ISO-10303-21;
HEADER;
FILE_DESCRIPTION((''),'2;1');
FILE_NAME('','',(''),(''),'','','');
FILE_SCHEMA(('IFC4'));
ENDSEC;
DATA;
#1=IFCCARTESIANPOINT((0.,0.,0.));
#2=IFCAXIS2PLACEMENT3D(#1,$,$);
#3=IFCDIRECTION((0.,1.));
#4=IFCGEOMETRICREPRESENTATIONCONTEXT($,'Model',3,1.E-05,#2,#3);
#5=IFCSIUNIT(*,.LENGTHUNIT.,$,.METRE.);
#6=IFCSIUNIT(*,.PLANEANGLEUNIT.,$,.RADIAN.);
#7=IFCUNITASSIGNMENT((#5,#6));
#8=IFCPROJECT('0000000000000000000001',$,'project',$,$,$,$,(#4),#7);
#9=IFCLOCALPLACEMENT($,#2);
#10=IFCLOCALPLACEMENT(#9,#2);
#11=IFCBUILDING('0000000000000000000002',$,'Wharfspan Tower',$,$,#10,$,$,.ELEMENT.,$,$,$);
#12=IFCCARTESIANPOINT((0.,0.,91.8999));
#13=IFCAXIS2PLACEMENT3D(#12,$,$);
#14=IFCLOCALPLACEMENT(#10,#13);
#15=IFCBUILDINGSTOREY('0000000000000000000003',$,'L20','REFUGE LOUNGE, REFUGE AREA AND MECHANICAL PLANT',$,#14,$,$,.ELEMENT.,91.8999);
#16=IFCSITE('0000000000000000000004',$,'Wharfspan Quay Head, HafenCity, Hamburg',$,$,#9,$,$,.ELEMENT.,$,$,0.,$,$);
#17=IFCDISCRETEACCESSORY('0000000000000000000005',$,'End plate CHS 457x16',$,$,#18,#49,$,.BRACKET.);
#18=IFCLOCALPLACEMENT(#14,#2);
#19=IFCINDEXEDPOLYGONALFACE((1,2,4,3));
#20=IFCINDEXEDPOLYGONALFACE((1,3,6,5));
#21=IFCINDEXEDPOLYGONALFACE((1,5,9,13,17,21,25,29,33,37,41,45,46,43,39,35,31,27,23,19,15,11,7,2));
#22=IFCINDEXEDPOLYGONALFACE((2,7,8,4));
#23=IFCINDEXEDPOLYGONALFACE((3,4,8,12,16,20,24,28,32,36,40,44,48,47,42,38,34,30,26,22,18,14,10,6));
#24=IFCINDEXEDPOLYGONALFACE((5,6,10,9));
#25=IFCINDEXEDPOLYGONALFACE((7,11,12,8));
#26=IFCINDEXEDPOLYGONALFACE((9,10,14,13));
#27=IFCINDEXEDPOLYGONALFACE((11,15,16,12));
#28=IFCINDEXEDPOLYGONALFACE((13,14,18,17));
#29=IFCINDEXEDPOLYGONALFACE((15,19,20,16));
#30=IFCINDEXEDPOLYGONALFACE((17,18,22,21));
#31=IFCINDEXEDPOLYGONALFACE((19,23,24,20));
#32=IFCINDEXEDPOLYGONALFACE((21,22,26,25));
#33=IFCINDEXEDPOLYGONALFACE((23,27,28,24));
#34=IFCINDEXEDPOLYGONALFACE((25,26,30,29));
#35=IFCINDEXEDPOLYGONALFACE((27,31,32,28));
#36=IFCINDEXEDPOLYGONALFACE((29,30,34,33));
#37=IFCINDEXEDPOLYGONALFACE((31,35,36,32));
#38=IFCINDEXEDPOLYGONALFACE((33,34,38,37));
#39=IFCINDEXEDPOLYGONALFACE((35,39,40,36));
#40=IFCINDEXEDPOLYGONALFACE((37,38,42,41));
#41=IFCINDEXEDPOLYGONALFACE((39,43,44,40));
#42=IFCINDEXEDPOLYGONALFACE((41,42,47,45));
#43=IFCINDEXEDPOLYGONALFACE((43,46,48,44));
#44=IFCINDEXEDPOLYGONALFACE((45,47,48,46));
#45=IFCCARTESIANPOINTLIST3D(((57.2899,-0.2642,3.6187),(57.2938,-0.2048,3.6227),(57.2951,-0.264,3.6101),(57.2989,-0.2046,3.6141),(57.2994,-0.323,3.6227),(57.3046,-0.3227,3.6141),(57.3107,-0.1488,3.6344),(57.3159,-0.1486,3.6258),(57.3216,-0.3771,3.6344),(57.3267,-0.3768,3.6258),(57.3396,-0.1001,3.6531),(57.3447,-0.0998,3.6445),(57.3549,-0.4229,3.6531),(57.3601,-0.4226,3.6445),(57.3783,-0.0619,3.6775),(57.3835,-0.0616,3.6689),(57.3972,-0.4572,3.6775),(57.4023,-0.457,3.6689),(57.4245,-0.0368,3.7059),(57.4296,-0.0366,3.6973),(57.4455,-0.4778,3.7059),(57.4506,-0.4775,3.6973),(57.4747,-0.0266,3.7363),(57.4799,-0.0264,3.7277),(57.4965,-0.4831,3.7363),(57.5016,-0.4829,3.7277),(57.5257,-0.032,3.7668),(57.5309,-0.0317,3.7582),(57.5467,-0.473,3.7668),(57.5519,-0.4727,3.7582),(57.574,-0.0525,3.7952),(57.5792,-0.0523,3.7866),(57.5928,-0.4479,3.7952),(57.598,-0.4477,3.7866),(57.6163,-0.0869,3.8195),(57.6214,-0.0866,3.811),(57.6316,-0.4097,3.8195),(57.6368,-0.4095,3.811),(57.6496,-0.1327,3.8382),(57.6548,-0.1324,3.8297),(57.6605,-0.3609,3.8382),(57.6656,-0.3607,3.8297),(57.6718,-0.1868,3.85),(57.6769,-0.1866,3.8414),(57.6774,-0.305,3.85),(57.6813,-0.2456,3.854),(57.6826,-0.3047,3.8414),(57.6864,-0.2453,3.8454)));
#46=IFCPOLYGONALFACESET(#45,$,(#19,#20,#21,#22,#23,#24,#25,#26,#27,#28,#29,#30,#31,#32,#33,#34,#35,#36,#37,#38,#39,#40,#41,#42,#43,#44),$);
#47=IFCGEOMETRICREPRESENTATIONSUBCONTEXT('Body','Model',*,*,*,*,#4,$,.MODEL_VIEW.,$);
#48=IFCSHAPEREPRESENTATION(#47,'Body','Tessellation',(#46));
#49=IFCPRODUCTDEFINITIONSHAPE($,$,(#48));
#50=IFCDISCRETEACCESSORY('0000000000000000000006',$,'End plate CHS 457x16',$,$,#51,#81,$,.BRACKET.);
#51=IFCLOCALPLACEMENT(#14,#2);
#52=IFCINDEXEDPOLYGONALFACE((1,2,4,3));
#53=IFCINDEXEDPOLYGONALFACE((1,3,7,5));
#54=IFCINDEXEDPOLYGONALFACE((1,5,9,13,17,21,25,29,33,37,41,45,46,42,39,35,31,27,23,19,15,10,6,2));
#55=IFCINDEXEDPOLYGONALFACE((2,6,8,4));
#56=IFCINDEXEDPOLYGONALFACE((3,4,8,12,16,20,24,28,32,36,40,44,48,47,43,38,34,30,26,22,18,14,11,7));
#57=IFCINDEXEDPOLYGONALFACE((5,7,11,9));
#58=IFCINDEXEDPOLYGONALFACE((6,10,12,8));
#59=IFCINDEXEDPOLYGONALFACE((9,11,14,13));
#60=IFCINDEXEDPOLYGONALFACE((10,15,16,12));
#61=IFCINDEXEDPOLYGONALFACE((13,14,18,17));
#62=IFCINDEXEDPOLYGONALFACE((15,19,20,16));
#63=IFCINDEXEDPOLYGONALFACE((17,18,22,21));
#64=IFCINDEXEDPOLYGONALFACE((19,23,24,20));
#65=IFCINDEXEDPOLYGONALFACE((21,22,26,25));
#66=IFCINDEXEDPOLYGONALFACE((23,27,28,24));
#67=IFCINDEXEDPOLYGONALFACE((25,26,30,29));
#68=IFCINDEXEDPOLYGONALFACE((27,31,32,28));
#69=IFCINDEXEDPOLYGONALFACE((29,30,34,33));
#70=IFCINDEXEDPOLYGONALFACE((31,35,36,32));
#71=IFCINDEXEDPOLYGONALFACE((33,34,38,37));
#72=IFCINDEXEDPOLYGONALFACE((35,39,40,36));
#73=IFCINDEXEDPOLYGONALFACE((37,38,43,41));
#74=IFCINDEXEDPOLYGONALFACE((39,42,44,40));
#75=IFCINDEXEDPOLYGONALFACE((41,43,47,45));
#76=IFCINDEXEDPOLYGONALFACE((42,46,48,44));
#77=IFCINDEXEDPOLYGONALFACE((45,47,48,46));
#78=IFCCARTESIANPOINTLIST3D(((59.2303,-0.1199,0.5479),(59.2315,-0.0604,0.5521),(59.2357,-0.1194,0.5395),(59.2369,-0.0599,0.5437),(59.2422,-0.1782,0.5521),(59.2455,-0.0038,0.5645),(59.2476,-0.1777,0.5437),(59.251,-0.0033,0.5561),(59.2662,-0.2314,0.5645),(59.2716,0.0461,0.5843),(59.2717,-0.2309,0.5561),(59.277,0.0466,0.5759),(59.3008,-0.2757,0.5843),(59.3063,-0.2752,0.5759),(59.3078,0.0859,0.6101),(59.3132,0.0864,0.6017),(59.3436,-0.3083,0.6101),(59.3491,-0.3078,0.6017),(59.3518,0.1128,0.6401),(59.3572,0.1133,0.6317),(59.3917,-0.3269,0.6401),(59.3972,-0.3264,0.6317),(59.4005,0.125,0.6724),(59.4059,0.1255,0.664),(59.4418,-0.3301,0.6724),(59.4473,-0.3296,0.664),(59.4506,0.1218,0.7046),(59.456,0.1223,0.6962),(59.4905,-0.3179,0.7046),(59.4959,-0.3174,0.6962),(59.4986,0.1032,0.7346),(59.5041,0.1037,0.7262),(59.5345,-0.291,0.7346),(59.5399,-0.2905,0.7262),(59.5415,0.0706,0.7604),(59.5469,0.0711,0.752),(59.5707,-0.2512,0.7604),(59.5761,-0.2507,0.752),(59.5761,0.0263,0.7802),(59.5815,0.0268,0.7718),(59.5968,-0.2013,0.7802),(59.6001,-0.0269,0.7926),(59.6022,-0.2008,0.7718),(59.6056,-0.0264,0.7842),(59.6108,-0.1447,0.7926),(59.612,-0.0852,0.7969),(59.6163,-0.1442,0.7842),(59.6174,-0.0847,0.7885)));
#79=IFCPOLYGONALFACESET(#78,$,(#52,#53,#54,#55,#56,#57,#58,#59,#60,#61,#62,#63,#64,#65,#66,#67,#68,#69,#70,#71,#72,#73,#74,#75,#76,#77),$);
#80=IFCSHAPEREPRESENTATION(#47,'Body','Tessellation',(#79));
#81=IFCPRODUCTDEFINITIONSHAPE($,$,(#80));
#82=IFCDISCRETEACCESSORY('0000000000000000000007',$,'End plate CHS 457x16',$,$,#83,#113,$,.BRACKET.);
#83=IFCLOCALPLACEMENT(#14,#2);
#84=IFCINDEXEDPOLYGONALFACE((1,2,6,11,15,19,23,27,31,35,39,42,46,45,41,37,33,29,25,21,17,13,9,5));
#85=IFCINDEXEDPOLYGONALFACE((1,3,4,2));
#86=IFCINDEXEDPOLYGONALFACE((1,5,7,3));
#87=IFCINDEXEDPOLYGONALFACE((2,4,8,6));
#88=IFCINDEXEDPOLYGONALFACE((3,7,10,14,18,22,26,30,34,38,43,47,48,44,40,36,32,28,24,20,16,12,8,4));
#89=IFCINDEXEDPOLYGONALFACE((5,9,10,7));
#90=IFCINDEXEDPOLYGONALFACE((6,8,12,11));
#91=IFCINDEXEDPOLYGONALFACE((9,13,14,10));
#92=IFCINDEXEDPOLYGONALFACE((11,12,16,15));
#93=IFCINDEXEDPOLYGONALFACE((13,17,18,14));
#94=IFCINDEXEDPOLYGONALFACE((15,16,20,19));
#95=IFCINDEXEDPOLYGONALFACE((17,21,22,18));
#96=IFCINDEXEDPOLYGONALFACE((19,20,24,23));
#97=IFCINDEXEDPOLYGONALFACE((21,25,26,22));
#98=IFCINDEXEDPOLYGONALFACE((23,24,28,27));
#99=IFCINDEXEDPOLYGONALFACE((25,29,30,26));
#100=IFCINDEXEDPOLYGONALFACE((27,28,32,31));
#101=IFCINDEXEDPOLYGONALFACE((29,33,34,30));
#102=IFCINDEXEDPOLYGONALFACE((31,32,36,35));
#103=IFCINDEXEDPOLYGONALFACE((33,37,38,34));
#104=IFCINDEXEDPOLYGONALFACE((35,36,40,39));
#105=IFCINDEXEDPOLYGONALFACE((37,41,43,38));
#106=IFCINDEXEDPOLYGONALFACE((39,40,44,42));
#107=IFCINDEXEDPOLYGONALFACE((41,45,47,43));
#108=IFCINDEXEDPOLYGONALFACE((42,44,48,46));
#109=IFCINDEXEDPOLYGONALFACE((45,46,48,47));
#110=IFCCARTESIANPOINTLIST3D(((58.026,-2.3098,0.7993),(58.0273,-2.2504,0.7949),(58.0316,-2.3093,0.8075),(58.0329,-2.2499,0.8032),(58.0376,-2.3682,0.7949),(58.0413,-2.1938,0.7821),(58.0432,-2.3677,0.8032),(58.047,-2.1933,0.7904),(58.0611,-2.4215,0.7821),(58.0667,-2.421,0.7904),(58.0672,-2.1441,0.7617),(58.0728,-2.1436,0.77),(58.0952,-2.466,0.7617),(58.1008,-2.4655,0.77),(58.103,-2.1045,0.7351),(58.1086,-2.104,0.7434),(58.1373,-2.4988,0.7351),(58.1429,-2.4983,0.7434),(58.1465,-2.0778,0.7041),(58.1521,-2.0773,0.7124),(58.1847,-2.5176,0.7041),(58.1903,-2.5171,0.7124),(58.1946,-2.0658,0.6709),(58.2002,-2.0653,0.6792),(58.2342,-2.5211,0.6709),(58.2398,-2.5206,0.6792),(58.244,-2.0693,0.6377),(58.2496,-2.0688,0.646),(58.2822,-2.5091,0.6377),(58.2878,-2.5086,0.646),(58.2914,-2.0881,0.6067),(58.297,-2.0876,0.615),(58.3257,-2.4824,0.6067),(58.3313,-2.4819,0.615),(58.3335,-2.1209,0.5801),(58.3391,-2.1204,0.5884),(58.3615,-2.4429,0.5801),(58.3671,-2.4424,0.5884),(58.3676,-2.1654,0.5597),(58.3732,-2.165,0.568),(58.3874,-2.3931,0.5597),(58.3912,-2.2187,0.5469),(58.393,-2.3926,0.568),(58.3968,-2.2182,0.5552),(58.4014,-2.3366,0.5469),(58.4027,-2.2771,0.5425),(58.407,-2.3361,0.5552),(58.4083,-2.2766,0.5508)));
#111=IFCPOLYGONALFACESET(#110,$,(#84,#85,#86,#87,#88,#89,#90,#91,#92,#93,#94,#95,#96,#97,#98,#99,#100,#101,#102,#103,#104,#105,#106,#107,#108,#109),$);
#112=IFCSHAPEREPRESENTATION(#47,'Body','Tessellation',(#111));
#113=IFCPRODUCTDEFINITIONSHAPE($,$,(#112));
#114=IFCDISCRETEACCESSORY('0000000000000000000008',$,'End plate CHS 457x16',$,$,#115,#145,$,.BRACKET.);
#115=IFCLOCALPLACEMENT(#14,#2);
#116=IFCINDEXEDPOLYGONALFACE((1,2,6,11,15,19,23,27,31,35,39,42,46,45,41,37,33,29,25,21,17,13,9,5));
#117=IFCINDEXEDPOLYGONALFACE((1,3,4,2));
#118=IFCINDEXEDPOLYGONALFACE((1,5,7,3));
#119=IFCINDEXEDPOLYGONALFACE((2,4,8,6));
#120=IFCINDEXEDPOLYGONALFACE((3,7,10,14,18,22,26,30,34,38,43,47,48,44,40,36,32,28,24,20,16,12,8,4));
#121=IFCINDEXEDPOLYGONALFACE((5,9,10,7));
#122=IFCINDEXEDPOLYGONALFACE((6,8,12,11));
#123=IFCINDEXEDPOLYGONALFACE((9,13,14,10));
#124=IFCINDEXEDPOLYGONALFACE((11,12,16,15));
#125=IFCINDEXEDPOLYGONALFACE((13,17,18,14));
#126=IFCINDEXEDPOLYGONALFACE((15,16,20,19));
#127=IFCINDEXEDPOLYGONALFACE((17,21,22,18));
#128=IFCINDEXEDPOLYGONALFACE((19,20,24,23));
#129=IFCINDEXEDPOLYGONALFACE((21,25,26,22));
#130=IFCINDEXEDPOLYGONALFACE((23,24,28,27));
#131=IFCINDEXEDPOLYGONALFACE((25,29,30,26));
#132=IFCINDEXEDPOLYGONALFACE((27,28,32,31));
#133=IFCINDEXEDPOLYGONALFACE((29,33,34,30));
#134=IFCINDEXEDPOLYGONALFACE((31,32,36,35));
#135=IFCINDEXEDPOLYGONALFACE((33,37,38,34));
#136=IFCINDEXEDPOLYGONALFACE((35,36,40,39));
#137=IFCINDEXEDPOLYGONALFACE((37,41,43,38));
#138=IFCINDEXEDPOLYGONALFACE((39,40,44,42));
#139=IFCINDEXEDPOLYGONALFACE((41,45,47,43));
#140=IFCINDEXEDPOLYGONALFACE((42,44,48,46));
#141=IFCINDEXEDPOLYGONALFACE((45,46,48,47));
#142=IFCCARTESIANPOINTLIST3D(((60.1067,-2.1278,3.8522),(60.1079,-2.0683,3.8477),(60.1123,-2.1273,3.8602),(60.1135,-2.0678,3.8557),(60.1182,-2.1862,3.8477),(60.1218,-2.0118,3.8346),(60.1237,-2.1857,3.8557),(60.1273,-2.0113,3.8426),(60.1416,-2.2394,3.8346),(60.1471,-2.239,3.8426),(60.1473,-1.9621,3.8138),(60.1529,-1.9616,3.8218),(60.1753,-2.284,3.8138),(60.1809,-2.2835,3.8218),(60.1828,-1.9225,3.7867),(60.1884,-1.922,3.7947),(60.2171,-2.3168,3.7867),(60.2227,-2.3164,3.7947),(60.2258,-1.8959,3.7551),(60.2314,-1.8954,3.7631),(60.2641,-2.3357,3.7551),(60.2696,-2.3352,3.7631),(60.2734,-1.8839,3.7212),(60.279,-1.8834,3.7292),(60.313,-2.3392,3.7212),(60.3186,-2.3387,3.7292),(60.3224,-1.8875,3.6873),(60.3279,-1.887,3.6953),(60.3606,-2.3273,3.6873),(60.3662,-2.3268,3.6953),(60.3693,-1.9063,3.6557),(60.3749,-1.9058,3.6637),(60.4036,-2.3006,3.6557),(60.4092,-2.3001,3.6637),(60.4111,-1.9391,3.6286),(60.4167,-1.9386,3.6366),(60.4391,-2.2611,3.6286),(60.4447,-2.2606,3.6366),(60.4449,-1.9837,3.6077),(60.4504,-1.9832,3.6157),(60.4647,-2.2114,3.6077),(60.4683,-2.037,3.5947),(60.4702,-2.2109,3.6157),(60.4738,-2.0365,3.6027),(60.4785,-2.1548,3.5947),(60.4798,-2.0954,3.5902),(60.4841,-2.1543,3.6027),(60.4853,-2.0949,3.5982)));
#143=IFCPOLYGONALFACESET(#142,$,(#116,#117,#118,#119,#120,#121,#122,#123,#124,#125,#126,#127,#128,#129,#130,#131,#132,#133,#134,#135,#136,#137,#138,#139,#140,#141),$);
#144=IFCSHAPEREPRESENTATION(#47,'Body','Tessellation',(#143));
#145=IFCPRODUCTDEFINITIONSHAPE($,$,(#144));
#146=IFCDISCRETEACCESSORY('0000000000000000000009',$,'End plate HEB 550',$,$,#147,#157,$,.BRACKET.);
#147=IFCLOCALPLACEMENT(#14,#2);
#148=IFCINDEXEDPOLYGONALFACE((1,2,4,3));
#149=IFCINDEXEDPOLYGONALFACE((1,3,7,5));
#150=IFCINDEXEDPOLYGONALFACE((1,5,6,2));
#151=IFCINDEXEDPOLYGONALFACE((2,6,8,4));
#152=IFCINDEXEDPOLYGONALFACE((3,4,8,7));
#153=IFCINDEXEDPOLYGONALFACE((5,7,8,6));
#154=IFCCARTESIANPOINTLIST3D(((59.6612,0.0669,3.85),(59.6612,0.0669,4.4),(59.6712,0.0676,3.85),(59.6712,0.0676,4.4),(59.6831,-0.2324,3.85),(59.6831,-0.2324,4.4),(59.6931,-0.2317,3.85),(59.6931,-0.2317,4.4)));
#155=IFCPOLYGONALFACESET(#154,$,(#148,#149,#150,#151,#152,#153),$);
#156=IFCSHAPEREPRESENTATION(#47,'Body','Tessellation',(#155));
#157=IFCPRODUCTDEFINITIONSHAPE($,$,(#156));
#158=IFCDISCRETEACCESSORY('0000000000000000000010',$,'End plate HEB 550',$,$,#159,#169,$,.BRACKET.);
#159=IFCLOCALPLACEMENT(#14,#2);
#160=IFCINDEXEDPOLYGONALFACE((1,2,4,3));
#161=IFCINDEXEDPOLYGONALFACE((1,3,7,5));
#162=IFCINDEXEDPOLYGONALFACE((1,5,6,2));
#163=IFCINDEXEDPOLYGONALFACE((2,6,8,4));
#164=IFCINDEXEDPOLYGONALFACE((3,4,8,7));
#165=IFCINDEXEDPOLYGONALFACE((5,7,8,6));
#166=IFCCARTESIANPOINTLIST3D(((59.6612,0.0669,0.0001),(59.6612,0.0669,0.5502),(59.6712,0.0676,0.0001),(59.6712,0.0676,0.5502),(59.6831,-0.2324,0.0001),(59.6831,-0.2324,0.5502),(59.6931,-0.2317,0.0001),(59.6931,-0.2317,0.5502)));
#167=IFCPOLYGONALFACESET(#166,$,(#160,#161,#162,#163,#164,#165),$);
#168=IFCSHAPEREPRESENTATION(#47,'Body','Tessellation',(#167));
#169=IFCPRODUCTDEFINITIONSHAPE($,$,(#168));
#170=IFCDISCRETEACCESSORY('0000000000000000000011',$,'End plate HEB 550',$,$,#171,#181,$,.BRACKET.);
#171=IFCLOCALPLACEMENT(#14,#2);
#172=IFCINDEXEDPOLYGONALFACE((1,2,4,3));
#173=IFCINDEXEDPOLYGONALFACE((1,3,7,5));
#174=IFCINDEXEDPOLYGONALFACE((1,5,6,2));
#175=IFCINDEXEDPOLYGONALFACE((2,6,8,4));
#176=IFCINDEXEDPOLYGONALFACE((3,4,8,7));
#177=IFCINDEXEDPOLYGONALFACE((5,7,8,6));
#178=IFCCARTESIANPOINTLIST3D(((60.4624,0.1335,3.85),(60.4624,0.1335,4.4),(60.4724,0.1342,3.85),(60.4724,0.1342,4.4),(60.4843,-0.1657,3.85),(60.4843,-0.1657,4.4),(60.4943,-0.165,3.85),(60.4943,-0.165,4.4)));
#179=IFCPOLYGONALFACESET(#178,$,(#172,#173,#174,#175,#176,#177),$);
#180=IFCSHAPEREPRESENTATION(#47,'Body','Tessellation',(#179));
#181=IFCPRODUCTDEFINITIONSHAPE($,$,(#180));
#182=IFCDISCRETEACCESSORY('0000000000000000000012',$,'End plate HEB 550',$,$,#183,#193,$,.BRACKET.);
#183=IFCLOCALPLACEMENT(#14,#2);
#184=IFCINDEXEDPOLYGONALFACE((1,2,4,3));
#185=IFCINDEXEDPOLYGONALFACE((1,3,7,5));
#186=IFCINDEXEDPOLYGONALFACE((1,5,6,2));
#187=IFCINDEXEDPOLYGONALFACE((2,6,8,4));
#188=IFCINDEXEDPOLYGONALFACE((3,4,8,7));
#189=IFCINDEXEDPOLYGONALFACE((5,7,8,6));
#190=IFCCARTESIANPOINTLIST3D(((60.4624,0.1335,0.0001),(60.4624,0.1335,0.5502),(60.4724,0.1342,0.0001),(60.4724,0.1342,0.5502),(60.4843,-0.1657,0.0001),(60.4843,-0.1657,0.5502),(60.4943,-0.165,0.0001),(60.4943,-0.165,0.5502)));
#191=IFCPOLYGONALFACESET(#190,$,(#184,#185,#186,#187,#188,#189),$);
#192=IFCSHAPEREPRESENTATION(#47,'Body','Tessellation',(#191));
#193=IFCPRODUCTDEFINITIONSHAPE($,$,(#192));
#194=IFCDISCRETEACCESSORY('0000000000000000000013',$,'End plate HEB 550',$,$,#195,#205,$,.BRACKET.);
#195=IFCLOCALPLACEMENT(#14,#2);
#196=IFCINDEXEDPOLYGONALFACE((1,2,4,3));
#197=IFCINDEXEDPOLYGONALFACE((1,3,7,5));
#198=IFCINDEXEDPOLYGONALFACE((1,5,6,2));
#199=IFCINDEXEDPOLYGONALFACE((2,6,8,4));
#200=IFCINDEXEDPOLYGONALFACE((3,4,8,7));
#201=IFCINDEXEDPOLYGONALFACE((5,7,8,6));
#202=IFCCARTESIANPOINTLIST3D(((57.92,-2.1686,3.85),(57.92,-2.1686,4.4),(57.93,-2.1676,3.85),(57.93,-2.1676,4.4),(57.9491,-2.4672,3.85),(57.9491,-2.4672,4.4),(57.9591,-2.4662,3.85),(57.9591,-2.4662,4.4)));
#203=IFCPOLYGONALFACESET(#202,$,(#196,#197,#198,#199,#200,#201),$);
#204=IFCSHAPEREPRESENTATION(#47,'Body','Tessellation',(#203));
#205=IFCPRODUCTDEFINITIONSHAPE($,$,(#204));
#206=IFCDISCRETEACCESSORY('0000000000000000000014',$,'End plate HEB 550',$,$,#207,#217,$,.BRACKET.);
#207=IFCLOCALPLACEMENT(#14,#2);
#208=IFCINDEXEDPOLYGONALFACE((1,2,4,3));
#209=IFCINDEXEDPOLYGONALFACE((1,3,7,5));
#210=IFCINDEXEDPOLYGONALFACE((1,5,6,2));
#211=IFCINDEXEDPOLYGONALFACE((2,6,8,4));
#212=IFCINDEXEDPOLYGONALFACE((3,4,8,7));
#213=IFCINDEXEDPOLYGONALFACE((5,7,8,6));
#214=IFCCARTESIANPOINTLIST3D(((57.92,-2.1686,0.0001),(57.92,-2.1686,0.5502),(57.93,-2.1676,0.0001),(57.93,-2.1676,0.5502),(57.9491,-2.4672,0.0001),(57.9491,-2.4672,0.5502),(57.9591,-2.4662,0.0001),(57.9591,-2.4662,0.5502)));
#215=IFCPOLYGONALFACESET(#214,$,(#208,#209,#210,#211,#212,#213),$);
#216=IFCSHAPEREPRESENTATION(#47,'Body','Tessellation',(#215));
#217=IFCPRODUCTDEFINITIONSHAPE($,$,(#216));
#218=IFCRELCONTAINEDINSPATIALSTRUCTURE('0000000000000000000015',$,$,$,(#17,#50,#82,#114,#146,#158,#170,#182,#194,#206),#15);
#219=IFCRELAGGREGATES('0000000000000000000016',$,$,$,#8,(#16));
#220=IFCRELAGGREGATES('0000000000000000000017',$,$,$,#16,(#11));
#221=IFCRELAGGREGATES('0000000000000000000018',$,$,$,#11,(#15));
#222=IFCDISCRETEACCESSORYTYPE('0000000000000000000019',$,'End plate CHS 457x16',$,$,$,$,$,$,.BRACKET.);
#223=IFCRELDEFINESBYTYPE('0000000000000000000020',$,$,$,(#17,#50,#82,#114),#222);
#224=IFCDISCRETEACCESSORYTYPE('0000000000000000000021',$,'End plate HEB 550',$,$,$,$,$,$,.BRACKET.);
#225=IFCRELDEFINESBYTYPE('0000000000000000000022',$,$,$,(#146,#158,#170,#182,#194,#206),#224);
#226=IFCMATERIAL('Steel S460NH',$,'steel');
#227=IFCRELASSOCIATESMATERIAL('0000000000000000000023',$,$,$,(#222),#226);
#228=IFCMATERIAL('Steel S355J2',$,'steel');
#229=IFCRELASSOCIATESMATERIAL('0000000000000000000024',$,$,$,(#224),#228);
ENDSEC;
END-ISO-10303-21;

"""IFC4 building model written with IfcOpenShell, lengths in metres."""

from ifc_helpers import new_model, si_unit, direction, frame, origin, origin_2d, place, context, subcontext, project, spatial, rectangle, circle, extrude, material, material_profile, profile_set, type_object, element, save


model = new_model("IFC4")

# Units and contexts
model_context = context("Model", 3, precision=1e-05, world=origin(), true_north=direction((0.0, 1.0)))
body_context = subcontext(model_context, "Body", "Model", "MODEL_VIEW")
ifc_project = project(units=[si_unit("LENGTHUNIT", "METRE"), si_unit("PLANEANGLEUNIT", "RADIAN")], contexts=[model_context])

# Site, building, storey
site_placement = place(None, origin())
site = spatial("IfcSite", under=ifc_project, at=site_placement, Name="Wharfspan Quay Head, HafenCity, Hamburg", CompositionType="ELEMENT", RefElevation=0.0)
building_placement = place(site_placement, origin())
building = spatial("IfcBuilding", under=site, at=building_placement, Name="Wharfspan Tower", CompositionType="ELEMENT")
storey_placement = place(building_placement, frame((0.0, 0.0, 91.8999)))
storey = spatial("IfcBuildingStorey", under=building, at=storey_placement, Name="L20", Description="REFUGE LOUNGE, REFUGE AREA AND MECHANICAL PLANT", CompositionType="ELEMENT", Elevation=91.8999)

# Shared definitions
ifc_material_1 = material(Name="Steel S355J2", Category="steel")

# Shared definitions
ifc_material_2 = material(Name="Steel S460NH", Category="steel")

# Discrete accessories
ifc_material_profile_1 = material_profile(ifc_material_2, circle(Radius=0.2285, at=origin_2d()))
ifc_profile_set_1 = profile_set([ifc_material_profile_1], Name="Steel S460NH")
discrete_accessory_type_1 = type_object("IfcDiscreteAccessoryType", Name="End plate CHS 457x16", PredefinedType="BRACKET", material=ifc_profile_set_1)
for number, where, z_axis, x_axis, name in (
    (1, (57.4856, -0.2549, 3.7363), (0.514341, 0.024492, -0.857236), (-0.047566, 0.998868, -0.000001), "End plate CHS 457x16"),
    (2, (59.4211, -0.1025, 0.6724), (0.54259, 0.049326, -0.838548), (-0.090535, 0.995892, 0.0), "End plate CHS 457x16"),
    (3, (58.2144, -2.2935, 0.6709), (0.559645, 0.048665, 0.827302), (-0.086627, 0.99624, -0.000002), "End plate CHS 457x16"),
):
    element("IfcDiscreteAccessory", number, at=place(storey_placement, frame(where, z_axis=z_axis, x_axis=x_axis)), inside=storey, type_object=discrete_accessory_type_1, Name=name, PredefinedType="BRACKET", context=body_context, shape_type="SweptSolid", body=[
        extrude(circle(Radius=0.2285, at=origin_2d()), origin(), (0.0, 0.0, 1.0), 0.01),
    ])
discrete_accessory_placement = place(storey_placement, frame((60.2932, -2.1116, 3.7212), z_axis=(0.571087, 0.04966, 0.819386), x_axis=(-0.08663, 0.99624, 0.0)))
element("IfcDiscreteAccessory", 4, at=discrete_accessory_placement, inside=storey, type_object=discrete_accessory_type_1, Name="End plate CHS 457x16", PredefinedType="BRACKET", context=body_context, shape_type="SweptSolid", body=[
    extrude(circle(Radius=0.2285, at=origin_2d()), origin(), (0.0, 0.0, 1.0), 0.0098),
])
ifc_material_profile_2 = material_profile(ifc_material_1, rectangle(XDim=0.3, YDim=0.55, at=origin_2d()))
ifc_profile_set_2 = profile_set([ifc_material_profile_2], Name="Steel S355J2")
discrete_accessory_type_2 = type_object("IfcDiscreteAccessoryType", Name="End plate HEB 550", PredefinedType="BRACKET", material=ifc_profile_set_2)
for number, where, z_axis, x_axis, name in (
    (5, (59.6721, -0.0828, 4.125), (0.997334, 0.072976, 0.0), (-0.072976, 0.997334, 0.0), "End plate HEB 550"),
    (6, (59.6721, -0.0828, 0.2751), (0.997334, 0.072976, 0.0), (-0.072976, 0.997334, 0.0), "End plate HEB 550"),
    (7, (60.4734, -0.0161, 4.125), (0.997334, 0.072976, 0.0), (-0.072976, 0.997334, 0.0), "End plate HEB 550"),
    (8, (60.4734, -0.0161, 0.2751), (0.997334, 0.072976, 0.0), (-0.072976, 0.997334, 0.0), "End plate HEB 550"),
    (9, (57.9346, -2.3179, 4.125), (0.995275, 0.0971, 0.0), (-0.0971, 0.995275, 0.0), "End plate HEB 550"),
    (10, (57.9346, -2.3179, 0.2751), (0.995275, 0.0971, 0.0), (-0.0971, 0.995275, 0.0), "End plate HEB 550"),
):
    element("IfcDiscreteAccessory", number, at=place(storey_placement, frame(where, z_axis=z_axis, x_axis=x_axis)), inside=storey, type_object=discrete_accessory_type_2, Name=name, PredefinedType="BRACKET", context=body_context, shape_type="SweptSolid", body=[
        extrude(rectangle(XDim=0.3, YDim=0.55, at=origin_2d()), origin(), (0.0, 0.0, 1.0), 0.01),
    ])

save(model, "model.ifc")
